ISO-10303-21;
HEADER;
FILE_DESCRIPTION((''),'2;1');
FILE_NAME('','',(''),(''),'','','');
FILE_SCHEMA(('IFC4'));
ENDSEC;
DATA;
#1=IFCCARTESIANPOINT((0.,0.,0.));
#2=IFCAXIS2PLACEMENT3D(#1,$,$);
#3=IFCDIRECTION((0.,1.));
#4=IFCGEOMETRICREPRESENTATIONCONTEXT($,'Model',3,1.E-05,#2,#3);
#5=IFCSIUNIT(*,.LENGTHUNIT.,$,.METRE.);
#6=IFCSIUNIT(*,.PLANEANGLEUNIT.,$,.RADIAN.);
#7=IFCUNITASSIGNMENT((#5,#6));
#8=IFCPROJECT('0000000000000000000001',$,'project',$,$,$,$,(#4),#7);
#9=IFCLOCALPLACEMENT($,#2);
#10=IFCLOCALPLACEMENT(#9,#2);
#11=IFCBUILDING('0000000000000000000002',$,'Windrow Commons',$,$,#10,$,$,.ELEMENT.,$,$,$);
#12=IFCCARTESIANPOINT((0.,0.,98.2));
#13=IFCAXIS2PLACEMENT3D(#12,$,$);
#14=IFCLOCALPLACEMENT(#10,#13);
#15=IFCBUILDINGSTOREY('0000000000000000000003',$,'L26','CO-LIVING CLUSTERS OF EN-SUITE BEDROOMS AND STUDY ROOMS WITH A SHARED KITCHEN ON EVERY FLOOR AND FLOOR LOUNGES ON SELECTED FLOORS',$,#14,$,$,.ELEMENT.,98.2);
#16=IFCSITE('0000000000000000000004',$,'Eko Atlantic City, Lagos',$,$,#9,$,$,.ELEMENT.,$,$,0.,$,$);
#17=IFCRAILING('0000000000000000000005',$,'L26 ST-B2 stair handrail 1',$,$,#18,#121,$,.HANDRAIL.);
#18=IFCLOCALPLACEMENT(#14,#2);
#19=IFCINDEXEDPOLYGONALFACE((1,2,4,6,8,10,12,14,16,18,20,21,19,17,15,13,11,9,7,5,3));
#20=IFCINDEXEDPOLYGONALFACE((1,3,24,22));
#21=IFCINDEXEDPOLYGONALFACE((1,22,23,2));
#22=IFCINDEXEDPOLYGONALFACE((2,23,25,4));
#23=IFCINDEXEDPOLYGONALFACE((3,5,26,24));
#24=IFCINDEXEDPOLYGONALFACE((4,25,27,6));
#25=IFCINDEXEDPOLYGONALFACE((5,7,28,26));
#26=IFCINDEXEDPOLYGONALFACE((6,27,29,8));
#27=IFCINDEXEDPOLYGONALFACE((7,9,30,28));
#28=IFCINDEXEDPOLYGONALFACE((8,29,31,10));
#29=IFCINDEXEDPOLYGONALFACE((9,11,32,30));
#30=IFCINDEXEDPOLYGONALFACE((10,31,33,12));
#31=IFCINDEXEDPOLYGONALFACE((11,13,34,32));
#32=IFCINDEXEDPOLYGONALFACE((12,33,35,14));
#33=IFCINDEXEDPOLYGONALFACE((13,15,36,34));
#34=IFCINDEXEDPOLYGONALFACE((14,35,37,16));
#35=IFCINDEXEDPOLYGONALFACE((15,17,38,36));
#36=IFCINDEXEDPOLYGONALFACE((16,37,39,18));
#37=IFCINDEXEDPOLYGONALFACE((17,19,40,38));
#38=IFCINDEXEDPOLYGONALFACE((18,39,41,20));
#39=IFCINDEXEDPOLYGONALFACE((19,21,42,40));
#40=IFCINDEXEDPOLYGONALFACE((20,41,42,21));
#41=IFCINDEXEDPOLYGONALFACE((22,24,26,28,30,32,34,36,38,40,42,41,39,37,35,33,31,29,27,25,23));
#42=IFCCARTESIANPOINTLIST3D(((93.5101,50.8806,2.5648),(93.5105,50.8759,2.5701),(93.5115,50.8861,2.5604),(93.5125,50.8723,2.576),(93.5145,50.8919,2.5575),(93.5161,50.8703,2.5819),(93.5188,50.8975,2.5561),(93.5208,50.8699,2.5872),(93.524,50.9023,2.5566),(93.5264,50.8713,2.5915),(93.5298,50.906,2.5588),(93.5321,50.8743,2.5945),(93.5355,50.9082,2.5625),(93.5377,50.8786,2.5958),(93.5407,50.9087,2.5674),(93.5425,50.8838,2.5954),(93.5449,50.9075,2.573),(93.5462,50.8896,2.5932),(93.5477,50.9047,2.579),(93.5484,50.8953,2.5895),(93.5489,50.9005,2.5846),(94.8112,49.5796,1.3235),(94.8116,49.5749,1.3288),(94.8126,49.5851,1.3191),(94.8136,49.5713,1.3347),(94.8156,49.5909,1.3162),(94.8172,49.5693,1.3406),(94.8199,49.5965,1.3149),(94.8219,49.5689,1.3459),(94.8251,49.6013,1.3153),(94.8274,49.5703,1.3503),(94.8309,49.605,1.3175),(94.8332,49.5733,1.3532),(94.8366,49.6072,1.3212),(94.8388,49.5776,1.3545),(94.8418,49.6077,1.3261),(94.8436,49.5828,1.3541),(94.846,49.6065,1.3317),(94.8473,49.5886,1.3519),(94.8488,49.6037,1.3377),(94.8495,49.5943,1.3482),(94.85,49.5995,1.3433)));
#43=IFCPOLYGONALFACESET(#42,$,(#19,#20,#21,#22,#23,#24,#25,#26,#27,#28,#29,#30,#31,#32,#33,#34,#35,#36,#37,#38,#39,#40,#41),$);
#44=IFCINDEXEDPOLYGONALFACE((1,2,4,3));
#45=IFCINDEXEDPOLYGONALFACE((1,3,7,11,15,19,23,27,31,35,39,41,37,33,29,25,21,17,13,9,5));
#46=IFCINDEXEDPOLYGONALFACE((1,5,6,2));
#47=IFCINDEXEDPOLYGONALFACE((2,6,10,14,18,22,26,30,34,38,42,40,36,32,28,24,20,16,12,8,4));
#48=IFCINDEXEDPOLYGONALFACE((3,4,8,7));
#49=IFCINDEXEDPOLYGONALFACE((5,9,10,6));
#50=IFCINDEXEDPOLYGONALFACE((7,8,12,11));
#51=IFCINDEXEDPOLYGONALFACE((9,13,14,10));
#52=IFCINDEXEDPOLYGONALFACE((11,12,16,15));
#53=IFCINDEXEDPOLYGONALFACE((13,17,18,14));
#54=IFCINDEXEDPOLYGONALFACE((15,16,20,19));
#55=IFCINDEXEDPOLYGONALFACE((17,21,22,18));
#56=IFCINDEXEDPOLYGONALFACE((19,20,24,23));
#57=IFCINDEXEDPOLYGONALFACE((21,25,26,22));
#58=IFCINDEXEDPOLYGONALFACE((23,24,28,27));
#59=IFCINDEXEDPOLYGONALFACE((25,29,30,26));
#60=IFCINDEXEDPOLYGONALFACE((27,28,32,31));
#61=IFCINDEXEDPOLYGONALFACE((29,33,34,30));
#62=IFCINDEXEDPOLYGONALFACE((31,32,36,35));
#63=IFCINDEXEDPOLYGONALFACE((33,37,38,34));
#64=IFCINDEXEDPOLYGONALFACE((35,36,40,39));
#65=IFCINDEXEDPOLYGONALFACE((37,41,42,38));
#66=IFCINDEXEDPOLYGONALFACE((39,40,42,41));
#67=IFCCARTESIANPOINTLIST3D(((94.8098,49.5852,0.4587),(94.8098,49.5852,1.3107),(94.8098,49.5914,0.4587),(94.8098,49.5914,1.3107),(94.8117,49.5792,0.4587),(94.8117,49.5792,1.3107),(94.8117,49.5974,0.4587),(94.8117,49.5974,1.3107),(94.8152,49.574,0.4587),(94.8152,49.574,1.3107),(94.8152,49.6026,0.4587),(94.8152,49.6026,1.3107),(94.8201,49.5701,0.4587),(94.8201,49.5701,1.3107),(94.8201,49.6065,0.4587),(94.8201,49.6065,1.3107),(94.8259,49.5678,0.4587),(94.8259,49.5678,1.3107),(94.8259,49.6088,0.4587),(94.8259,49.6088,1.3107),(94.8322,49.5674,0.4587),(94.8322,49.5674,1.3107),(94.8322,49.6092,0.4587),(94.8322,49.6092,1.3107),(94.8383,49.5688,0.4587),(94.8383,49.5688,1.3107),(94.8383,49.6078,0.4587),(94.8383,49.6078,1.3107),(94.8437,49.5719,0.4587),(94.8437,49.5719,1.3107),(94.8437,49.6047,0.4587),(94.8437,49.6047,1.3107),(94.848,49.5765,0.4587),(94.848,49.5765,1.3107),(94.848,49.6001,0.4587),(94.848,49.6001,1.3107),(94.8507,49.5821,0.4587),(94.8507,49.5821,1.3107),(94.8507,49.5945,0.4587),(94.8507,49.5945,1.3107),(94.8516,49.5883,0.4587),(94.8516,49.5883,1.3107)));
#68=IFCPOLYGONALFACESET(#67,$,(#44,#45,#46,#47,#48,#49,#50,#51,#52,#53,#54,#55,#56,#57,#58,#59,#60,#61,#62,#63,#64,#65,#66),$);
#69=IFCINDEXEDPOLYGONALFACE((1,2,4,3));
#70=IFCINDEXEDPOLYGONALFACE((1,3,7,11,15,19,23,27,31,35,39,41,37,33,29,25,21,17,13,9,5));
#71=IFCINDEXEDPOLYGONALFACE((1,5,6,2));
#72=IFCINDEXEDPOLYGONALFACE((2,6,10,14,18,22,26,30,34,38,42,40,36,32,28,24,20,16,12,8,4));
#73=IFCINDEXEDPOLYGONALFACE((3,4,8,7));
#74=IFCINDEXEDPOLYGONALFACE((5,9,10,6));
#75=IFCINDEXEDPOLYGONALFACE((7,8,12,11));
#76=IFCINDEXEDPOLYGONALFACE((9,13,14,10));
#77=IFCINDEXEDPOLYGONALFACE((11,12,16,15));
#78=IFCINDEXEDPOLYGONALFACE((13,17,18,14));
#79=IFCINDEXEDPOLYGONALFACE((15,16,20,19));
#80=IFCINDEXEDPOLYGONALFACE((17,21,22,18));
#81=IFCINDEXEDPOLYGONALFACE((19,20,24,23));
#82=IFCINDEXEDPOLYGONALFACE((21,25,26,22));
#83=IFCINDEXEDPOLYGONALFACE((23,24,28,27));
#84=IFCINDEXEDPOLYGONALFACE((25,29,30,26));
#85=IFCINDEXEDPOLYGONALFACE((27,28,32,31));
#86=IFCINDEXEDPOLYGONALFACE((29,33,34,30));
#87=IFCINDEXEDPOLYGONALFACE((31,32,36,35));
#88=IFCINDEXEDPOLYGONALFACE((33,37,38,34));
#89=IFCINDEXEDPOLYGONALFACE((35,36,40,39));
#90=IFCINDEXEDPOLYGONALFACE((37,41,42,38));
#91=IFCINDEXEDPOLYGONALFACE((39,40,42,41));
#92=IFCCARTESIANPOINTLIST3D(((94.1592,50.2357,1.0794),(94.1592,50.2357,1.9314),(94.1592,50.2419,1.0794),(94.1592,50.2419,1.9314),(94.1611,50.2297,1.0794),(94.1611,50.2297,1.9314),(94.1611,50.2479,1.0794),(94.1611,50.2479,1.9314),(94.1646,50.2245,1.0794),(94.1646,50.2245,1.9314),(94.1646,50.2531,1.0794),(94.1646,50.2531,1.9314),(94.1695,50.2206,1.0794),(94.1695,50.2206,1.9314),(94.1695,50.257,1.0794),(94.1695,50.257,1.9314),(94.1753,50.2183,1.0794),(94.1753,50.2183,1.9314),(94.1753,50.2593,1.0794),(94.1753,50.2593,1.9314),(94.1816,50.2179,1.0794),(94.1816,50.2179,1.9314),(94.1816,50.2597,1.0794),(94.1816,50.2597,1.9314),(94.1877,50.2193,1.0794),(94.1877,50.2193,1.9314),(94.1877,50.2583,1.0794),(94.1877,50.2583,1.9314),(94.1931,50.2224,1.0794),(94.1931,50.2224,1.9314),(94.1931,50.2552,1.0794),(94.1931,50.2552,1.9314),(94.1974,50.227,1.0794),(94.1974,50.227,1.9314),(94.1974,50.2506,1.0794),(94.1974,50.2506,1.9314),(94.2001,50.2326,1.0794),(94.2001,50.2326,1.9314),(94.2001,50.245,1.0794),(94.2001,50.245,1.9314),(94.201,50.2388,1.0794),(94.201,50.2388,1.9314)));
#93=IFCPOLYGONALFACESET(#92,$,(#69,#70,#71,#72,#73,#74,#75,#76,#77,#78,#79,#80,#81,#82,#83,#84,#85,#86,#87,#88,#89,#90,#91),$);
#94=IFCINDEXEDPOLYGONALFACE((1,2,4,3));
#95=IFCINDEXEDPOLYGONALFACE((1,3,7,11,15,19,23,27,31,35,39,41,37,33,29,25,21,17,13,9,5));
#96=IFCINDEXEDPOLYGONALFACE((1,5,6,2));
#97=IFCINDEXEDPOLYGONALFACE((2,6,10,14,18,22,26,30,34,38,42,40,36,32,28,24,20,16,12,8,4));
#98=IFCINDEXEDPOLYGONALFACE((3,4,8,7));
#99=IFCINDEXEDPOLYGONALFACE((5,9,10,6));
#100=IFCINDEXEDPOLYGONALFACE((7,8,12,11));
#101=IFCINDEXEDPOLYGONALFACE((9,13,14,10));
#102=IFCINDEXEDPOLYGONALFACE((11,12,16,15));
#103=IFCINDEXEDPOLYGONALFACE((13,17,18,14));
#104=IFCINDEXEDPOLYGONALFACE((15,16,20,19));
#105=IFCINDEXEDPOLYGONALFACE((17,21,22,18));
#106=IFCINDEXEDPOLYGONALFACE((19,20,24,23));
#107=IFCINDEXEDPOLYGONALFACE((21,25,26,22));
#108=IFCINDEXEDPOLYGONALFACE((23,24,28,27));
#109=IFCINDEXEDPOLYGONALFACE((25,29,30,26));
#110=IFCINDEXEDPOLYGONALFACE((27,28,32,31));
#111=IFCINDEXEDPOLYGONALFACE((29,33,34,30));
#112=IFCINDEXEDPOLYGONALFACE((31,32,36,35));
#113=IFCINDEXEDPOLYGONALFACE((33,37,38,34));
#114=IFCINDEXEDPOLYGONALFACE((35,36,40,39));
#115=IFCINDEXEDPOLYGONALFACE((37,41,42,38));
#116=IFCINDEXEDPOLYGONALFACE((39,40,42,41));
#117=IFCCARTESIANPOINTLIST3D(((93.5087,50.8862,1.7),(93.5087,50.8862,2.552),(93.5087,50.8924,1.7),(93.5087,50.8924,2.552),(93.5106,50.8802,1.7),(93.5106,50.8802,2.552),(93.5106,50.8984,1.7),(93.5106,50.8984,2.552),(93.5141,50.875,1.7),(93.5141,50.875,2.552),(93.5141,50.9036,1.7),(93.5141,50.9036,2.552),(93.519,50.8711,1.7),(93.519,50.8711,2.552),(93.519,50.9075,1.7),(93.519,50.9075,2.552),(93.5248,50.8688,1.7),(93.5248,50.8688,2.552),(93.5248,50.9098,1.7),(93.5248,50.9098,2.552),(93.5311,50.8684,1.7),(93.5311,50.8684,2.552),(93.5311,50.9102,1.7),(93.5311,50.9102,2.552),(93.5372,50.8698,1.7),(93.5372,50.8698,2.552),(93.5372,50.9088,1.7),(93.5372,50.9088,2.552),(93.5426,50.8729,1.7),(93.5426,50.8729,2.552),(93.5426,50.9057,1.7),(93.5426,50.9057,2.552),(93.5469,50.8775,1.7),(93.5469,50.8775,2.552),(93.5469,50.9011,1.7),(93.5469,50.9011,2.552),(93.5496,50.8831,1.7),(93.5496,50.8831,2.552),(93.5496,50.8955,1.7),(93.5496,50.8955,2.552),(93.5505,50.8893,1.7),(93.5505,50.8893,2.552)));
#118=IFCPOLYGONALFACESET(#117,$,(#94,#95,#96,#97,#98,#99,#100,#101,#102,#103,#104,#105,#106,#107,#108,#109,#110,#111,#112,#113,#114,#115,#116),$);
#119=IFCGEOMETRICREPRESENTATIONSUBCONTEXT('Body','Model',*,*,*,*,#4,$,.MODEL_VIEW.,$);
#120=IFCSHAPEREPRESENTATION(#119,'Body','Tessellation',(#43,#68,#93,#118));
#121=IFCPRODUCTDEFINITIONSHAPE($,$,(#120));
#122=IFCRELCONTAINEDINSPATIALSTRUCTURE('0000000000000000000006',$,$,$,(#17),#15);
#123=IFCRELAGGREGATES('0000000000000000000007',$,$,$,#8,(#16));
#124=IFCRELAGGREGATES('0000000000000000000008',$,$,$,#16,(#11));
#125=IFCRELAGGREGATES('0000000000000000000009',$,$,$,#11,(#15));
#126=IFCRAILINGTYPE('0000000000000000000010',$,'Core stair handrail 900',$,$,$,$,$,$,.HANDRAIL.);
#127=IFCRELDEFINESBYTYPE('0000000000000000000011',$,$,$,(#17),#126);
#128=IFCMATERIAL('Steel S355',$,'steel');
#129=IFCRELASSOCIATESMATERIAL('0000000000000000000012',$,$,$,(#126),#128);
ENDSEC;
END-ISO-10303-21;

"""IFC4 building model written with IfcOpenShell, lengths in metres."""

from ifc_helpers import new_model, si_unit, direction, frame, origin, origin_2d, place, context, subcontext, project, spatial, circle, extrude, material, type_object, element, save


model = new_model("IFC4")

# Units and contexts
model_context = context("Model", 3, precision=1e-05, world=origin(), true_north=direction((0.0, 1.0)))
body_context = subcontext(model_context, "Body", "Model", "MODEL_VIEW")
ifc_project = project(units=[si_unit("LENGTHUNIT", "METRE"), si_unit("PLANEANGLEUNIT", "RADIAN")], contexts=[model_context])

# Site, building, storey
site_placement = place(None, origin())
site = spatial("IfcSite", under=ifc_project, at=site_placement, Name="Eko Atlantic City, Lagos", CompositionType="ELEMENT", RefElevation=0.0)
building_placement = place(site_placement, origin())
building = spatial("IfcBuilding", under=site, at=building_placement, Name="Windrow Commons", CompositionType="ELEMENT")
storey_placement = place(building_placement, frame((0.0, 0.0, 98.2)))
storey = spatial("IfcBuildingStorey", under=building, at=storey_placement, Name="L26", Description="CO-LIVING CLUSTERS OF EN-SUITE BEDROOMS AND STUDY ROOMS WITH A SHARED KITCHEN ON EVERY FLOOR AND FLOOR LOUNGES ON SELECTED FLOORS", CompositionType="ELEMENT", Elevation=98.2)

# Railing
ifc_material_1 = material(Name="Steel S355", Category="steel")
railing_type = type_object("IfcRailingType", Name="Core stair handrail 900", PredefinedType="HANDRAIL", material=ifc_material_1)
railing_placement = place(storey_placement, frame((94.8306, 49.5883, 0.4587)))
element("IfcRailing", 1, at=railing_placement, inside=storey, type_object=railing_type, Name="L26 ST-B2 stair handrail 1", PredefinedType="HANDRAIL", context=body_context, shape_type="SweptSolid", body=[
    extrude(circle(Radius=0.024, at=origin_2d()), frame((0.0, 0.0, 0.876), z_axis=(-0.586207, 0.586162, 0.559264), x_axis=(-0.70708, -0.707134, 0.0)), (0.0, 0.0, 1.0), 2.2195),
    extrude(circle(Radius=0.021, at=origin_2d()), origin(), (0.0, 0.0, 1.0), 0.852),
    extrude(circle(Radius=0.021, at=origin_2d()), frame((-0.6506, 0.6505, 0.6207)), (0.0, 0.0, 1.0), 0.852),
    extrude(circle(Radius=0.021, at=origin_2d()), frame((-1.3011, 1.301, 1.2413)), (0.0, 0.0, 1.0), 0.852),
])

save(model, "model.ifc")
